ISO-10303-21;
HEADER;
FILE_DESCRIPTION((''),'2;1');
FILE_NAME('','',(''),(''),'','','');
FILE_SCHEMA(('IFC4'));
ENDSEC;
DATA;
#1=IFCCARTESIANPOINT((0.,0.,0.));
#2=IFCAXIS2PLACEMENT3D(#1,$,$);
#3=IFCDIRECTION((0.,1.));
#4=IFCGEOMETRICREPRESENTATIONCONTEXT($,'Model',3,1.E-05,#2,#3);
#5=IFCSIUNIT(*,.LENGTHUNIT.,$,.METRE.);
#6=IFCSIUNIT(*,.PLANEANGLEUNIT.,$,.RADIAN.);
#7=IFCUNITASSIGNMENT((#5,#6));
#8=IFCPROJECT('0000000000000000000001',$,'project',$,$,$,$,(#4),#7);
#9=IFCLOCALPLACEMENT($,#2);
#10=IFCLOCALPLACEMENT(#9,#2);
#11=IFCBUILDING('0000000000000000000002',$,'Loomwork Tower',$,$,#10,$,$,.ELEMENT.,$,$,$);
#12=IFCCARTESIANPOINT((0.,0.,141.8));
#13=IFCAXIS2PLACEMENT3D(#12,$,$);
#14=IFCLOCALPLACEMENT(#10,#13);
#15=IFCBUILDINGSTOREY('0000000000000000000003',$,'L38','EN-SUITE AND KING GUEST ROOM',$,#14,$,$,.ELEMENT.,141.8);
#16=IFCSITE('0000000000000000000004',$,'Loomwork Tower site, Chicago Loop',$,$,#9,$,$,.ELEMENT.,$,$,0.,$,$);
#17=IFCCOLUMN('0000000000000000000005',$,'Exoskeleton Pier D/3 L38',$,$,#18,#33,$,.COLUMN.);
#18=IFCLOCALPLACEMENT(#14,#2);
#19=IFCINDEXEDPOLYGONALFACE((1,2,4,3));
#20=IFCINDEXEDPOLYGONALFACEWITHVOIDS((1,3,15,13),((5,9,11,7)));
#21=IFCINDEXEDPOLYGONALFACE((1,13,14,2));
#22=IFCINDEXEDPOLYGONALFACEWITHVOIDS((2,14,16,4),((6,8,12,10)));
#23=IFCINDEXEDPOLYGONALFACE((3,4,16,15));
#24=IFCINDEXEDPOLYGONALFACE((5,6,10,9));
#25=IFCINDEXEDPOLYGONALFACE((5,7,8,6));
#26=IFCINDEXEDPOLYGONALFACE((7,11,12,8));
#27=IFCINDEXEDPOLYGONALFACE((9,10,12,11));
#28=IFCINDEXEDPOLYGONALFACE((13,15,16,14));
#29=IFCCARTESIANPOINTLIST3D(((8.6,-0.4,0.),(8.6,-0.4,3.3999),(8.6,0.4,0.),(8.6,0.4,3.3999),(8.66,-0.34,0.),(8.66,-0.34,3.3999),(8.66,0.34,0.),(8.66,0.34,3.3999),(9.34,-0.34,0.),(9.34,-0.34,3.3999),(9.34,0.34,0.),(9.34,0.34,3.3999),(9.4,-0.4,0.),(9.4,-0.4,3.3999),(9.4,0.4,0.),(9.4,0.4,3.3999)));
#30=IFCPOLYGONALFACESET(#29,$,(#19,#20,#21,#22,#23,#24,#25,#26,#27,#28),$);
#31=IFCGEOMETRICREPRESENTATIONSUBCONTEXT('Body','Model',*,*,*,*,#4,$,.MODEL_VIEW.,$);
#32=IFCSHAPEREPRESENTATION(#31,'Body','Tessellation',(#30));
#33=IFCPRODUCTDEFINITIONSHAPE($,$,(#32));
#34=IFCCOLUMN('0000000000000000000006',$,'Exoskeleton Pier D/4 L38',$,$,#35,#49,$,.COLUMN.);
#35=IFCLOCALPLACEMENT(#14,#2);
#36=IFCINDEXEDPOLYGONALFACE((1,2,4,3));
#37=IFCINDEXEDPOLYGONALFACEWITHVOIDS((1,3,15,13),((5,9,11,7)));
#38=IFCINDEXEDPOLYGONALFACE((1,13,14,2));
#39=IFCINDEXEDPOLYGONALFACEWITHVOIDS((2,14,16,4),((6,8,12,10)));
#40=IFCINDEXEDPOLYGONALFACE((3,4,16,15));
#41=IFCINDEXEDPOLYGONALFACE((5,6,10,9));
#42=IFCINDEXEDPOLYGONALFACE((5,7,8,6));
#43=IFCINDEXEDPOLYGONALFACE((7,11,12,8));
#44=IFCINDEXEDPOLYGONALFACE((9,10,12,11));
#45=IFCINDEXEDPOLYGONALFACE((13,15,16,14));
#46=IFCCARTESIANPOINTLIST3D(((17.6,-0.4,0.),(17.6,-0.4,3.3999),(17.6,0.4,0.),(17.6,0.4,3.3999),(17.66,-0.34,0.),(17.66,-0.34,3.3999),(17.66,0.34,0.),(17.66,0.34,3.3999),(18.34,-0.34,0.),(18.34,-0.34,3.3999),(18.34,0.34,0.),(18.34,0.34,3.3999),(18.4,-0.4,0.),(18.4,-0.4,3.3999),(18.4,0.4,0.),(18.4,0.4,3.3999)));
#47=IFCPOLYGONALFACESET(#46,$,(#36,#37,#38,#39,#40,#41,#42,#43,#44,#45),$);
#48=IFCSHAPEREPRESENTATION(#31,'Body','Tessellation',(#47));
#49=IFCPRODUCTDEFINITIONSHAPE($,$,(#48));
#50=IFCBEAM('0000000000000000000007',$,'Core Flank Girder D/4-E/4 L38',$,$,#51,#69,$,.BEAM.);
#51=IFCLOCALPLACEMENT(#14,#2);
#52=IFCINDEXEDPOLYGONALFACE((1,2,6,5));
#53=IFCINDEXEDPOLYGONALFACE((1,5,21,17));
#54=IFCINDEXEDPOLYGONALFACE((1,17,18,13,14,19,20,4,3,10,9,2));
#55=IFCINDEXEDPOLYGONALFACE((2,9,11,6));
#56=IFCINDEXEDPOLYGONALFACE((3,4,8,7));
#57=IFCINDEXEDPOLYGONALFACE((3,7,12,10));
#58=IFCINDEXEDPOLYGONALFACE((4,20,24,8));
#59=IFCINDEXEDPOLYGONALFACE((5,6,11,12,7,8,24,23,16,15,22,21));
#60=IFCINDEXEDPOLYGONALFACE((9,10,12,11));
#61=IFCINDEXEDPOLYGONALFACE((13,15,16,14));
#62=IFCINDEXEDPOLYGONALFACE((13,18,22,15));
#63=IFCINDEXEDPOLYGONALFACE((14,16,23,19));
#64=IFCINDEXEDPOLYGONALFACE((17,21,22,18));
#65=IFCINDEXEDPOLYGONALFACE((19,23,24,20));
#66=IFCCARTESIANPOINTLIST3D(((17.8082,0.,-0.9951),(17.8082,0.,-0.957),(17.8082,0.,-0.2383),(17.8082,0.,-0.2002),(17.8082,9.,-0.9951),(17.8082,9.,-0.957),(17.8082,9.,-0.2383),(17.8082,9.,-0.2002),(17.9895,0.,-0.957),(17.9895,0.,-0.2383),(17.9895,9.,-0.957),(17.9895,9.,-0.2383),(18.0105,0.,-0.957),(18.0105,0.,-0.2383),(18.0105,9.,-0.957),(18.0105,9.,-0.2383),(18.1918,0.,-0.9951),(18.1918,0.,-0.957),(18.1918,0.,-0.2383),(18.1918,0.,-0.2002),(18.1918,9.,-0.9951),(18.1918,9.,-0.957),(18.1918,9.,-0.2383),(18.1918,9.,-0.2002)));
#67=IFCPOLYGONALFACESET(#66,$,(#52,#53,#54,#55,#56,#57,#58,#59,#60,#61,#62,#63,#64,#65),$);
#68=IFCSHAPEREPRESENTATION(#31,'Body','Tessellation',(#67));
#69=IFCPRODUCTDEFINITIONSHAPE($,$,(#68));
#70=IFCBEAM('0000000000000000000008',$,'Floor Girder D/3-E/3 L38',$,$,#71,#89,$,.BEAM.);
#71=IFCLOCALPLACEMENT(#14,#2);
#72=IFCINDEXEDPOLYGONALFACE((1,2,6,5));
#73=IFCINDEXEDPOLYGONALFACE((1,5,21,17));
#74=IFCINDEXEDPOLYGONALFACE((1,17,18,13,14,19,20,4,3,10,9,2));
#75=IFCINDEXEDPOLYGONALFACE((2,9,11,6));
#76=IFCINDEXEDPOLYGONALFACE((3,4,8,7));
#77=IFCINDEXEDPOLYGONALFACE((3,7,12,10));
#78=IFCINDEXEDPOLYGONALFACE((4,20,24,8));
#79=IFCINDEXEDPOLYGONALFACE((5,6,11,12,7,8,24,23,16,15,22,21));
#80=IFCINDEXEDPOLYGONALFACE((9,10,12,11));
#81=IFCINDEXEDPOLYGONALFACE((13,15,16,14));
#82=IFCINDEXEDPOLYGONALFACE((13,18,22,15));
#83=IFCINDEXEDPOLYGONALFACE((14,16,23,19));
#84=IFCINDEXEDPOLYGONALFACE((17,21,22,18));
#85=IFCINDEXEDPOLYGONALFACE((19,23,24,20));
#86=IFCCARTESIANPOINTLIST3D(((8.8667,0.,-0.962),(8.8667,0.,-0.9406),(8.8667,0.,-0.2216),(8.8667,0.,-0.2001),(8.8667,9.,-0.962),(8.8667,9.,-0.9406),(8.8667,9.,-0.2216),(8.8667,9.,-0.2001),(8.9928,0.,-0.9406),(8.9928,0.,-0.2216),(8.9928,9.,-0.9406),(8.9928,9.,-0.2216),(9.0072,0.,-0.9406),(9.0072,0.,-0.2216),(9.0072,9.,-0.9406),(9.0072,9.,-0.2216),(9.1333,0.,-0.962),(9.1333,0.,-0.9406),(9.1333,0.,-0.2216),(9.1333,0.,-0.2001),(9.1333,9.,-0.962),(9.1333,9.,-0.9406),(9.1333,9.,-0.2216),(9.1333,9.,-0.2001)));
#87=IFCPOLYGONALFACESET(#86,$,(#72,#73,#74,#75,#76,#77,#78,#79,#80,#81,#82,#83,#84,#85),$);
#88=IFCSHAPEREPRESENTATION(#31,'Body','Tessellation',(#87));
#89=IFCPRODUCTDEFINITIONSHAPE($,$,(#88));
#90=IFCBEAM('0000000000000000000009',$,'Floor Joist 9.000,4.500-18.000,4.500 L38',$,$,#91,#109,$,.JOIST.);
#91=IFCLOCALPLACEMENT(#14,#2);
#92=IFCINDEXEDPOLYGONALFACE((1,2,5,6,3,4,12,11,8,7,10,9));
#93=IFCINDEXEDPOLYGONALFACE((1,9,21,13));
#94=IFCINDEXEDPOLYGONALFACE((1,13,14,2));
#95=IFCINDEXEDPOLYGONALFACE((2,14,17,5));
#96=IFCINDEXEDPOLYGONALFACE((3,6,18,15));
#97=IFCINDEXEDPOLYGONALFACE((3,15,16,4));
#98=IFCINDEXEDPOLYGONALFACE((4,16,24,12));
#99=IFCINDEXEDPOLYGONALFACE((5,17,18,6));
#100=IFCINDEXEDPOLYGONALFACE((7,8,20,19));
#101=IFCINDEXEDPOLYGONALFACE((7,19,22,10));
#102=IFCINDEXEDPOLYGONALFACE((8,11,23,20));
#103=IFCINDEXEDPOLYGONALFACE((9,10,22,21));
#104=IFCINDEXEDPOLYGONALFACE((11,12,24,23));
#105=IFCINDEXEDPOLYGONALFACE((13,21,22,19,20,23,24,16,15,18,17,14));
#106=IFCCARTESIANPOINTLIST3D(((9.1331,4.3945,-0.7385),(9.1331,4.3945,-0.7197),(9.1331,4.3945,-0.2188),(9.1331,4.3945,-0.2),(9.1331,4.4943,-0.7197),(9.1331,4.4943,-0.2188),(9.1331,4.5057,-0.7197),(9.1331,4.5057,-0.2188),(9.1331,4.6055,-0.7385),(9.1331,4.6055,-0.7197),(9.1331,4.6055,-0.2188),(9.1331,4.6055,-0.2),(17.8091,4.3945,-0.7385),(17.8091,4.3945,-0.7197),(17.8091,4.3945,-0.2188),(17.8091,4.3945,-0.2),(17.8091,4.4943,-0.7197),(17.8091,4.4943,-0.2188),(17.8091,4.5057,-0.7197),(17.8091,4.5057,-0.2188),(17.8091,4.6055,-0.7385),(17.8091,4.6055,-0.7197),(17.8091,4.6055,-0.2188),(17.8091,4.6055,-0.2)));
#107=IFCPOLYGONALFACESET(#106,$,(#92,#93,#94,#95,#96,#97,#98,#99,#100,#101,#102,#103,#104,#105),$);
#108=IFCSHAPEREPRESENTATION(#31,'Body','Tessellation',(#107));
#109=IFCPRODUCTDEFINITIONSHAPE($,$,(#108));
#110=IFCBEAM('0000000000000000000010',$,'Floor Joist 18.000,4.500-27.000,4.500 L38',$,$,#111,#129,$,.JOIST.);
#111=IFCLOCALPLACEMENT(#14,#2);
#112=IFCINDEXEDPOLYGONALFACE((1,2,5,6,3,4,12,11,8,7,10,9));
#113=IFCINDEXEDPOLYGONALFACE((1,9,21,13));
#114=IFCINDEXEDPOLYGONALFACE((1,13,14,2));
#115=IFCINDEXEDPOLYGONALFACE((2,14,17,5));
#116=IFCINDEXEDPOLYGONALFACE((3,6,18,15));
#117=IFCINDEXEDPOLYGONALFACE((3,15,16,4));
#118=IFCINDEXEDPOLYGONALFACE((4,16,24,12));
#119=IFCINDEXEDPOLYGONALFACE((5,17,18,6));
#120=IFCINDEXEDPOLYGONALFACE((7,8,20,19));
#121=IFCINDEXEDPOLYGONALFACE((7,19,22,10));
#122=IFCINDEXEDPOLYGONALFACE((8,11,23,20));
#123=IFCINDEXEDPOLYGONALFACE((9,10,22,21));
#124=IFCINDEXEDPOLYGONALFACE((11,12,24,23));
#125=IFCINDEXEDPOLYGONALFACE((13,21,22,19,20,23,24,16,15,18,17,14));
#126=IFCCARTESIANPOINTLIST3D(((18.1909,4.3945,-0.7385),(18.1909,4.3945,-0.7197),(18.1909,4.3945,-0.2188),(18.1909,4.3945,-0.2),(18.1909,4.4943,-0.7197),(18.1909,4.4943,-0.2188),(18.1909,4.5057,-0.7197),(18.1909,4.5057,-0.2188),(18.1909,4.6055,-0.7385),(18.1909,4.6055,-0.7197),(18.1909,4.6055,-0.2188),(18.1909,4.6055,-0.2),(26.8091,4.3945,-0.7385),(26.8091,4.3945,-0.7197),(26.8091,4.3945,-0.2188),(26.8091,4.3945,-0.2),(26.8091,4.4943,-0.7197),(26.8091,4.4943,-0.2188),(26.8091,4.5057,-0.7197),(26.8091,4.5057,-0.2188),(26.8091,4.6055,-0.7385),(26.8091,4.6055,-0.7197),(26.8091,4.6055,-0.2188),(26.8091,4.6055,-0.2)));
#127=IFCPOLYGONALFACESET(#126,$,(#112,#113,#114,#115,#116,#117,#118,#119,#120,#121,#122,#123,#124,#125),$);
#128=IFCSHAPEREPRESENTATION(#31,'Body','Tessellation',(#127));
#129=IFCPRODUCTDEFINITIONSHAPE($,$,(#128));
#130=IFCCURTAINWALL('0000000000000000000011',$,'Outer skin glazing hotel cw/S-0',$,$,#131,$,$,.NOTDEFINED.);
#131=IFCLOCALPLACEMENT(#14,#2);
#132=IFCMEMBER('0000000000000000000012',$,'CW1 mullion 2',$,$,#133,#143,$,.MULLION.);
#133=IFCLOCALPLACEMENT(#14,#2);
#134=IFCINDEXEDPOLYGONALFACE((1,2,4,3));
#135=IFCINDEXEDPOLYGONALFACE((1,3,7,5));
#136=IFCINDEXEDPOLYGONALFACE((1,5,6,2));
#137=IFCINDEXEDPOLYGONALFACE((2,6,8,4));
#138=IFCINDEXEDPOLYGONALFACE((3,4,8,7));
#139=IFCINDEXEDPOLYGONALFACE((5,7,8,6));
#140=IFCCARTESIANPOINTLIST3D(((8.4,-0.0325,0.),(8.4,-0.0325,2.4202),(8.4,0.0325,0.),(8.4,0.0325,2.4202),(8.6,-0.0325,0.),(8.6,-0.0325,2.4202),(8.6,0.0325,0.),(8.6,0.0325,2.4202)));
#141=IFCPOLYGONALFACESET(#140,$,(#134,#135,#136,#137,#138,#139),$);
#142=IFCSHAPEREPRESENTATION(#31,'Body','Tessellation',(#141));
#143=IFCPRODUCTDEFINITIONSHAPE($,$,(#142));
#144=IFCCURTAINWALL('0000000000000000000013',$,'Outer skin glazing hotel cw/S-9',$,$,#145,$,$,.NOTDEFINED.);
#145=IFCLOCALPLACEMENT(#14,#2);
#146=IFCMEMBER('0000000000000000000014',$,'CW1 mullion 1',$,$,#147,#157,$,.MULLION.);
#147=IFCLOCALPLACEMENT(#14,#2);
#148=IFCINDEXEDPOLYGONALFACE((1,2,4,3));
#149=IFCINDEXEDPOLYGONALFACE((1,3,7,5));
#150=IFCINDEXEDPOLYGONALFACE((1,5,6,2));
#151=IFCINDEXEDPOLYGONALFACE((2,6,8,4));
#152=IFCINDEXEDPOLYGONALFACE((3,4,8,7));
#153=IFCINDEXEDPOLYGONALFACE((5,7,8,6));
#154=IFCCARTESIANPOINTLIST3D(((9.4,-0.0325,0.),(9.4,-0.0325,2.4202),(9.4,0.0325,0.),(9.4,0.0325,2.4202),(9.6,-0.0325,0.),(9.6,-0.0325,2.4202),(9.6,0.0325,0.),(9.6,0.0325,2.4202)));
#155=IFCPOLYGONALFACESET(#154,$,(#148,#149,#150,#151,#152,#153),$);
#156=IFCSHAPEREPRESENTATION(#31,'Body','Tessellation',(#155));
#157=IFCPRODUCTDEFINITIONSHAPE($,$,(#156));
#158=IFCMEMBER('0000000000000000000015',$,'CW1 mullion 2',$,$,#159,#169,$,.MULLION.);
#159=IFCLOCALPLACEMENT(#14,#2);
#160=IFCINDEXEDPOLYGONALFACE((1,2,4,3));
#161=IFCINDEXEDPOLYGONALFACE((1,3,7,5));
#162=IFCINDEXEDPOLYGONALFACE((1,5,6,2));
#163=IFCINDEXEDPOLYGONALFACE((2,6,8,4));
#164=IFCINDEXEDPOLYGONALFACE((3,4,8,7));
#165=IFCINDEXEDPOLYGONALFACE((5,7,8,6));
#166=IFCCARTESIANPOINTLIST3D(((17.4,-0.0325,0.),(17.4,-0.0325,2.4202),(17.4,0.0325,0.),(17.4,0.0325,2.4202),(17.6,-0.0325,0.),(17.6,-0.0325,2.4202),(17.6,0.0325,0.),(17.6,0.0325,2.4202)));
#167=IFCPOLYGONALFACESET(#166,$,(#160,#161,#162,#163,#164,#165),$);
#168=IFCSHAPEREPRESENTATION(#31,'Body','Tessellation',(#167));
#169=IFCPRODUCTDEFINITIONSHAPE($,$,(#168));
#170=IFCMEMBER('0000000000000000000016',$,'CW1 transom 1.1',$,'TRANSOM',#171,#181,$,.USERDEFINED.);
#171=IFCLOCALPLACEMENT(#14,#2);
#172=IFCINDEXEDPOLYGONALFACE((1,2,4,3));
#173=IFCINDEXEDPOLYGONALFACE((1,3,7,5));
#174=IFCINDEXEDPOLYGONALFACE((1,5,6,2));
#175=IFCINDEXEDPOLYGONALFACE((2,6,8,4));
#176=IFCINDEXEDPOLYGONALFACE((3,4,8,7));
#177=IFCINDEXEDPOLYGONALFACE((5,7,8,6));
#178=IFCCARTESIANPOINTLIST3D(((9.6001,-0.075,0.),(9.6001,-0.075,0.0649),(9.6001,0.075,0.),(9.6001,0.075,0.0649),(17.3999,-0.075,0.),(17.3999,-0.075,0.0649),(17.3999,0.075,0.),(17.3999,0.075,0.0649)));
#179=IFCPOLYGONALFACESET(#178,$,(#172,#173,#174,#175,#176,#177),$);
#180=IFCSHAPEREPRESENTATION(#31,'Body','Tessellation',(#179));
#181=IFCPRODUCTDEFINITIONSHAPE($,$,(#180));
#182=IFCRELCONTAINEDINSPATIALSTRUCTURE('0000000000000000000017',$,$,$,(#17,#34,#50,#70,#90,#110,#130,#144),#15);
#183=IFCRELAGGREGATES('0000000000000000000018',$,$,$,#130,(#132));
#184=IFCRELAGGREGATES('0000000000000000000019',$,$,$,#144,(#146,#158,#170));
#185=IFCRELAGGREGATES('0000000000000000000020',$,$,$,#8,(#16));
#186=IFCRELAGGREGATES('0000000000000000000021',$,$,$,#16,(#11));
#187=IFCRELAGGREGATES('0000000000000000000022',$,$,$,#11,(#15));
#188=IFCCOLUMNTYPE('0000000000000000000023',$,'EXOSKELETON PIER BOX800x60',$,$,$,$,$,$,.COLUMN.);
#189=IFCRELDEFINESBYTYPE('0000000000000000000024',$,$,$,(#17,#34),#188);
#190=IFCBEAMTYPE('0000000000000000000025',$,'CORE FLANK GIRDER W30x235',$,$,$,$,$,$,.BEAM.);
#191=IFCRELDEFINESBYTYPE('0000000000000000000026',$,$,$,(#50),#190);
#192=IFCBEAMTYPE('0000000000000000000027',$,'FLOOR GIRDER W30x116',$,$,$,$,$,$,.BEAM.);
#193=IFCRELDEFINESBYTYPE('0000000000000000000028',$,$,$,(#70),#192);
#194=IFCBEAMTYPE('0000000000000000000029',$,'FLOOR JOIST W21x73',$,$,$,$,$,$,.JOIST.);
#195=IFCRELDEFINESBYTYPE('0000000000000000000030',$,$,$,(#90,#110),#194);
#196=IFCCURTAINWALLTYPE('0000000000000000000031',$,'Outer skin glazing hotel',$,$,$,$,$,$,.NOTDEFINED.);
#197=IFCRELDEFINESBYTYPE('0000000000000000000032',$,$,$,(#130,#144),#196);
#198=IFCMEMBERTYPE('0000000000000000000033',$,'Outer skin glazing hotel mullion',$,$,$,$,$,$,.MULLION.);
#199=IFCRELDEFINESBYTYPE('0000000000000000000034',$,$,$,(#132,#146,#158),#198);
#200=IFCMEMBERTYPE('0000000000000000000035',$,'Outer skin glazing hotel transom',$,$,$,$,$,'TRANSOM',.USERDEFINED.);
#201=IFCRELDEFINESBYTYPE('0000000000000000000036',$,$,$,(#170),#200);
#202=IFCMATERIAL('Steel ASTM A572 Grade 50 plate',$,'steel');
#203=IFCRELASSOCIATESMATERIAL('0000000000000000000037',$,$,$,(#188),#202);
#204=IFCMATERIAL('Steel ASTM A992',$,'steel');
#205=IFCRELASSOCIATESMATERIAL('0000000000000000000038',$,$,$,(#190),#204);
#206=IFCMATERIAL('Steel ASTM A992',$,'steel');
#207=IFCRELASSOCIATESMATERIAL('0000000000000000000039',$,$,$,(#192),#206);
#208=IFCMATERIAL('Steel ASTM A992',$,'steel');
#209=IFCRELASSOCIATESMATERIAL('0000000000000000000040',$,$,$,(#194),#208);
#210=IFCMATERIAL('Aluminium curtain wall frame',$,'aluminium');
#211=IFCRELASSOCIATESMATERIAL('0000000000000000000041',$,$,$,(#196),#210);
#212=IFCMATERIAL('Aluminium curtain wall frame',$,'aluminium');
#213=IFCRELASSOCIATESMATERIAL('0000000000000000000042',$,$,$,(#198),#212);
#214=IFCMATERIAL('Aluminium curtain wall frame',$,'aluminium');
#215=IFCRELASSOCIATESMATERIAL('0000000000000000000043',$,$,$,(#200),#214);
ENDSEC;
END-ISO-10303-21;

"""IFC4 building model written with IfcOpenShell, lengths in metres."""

from ifc_helpers import new_model, si_unit, direction, frame, origin, origin_2d, place, context, subcontext, project, spatial, rectangle, hollow_rectangle, i_section, extrude, material, material_profile, profile_set, type_object, element, aggregate, save


model = new_model("IFC4")

# Units and contexts
model_context = context("Model", 3, precision=1e-05, world=origin(), true_north=direction((0.0, 1.0)))
body_context = subcontext(model_context, "Body", "Model", "MODEL_VIEW")
ifc_project = project(units=[si_unit("LENGTHUNIT", "METRE"), si_unit("PLANEANGLEUNIT", "RADIAN")], contexts=[model_context])

# Site, building, storey
site_placement = place(None, origin())
site = spatial("IfcSite", under=ifc_project, at=site_placement, Name="Loomwork Tower site, Chicago Loop", CompositionType="ELEMENT", RefElevation=0.0)
building_placement = place(site_placement, origin())
building = spatial("IfcBuilding", under=site, at=building_placement, Name="Loomwork Tower", CompositionType="ELEMENT")
storey_placement = place(building_placement, frame((0.0, 0.0, 141.8)))
storey = spatial("IfcBuildingStorey", under=building, at=storey_placement, Name="L38", Description="EN-SUITE AND KING GUEST ROOM", CompositionType="ELEMENT", Elevation=141.8)

# Columns
ifc_material_1 = material(Name="Steel ASTM A572 Grade 50 plate", Category="steel")
ifc_material_profile_1 = material_profile(ifc_material_1, hollow_rectangle(XDim=0.8, YDim=0.8, WallThickness=0.0601, at=origin_2d()), Name="BOX800x60")
ifc_profile_set_1 = profile_set([ifc_material_profile_1], Name="Steel ASTM A572 Grade 50 plate")
column_type = type_object("IfcColumnType", Name="EXOSKELETON PIER BOX800x60", PredefinedType="COLUMN", material=ifc_profile_set_1)
for number, where, z_axis, x_axis, name in (
    (1, (9.0, 0.0, 0.0), (0.0, 0.0, 1.0), (1.0, 0.0, 0.0), "Exoskeleton Pier D/3 L38"),
    (2, (18.0, 0.0, 0.0), (0.0, 0.0, 1.0), (1.0, 0.0, 0.0), "Exoskeleton Pier D/4 L38"),
):
    element("IfcColumn", number, at=place(storey_placement, frame(where, z_axis=z_axis, x_axis=x_axis)), inside=storey, type_object=column_type, Name=name, PredefinedType="COLUMN", context=body_context, shape_type="SweptSolid", body=[
        extrude(hollow_rectangle(XDim=0.8, YDim=0.8, WallThickness=0.0601, at=origin_2d()), origin(), (0.0, 0.0, 1.0), 3.3999),
    ])

# Beams
ifc_material_2 = material(Name="Steel ASTM A992", Category="steel")
ifc_material_profile_2 = material_profile(ifc_material_2, i_section(OverallWidth=0.3835, OverallDepth=0.7949, WebThickness=0.021, FlangeThickness=0.0381, at=origin_2d()), Name="W30x235")
ifc_profile_set_2 = profile_set([ifc_material_profile_2], Name="Steel ASTM A992")
beam_type_1 = type_object("IfcBeamType", Name="CORE FLANK GIRDER W30x235", PredefinedType="BEAM", material=ifc_profile_set_2)
beam_1_placement = place(storey_placement, frame((18.0, 0.0, -0.5977), z_axis=(0.0, 1.0, 0.0), x_axis=(-1.0, 0.0, 0.0)))
element("IfcBeam", 3, at=beam_1_placement, inside=storey, type_object=beam_type_1, Name="Core Flank Girder D/4-E/4 L38", PredefinedType="BEAM", context=body_context, shape_type="SweptSolid", body=[
    extrude(i_section(OverallWidth=0.3835, OverallDepth=0.7949, WebThickness=0.021, FlangeThickness=0.0381, at=origin_2d()), origin(), (0.0, 0.0, 1.0), 9.0),
])
ifc_material_3 = material(Name="Steel ASTM A992", Category="steel")
ifc_material_profile_3 = material_profile(ifc_material_3, i_section(OverallWidth=0.2666, OverallDepth=0.762, WebThickness=0.0144, FlangeThickness=0.0215, at=origin_2d()), Name="W30x116")
ifc_profile_set_3 = profile_set([ifc_material_profile_3], Name="Steel ASTM A992")
beam_type_2 = type_object("IfcBeamType", Name="FLOOR GIRDER W30x116", PredefinedType="BEAM", material=ifc_profile_set_3)
beam_2_placement = place(storey_placement, frame((9.0, 0.0, -0.5811), z_axis=(0.0, 1.0, 0.0), x_axis=(-1.0, 0.0, 0.0)))
element("IfcBeam", 4, at=beam_2_placement, inside=storey, type_object=beam_type_2, Name="Floor Girder D/3-E/3 L38", PredefinedType="BEAM", context=body_context, shape_type="SweptSolid", body=[
    extrude(i_section(OverallWidth=0.2666, OverallDepth=0.762, WebThickness=0.0144, FlangeThickness=0.0215, at=origin_2d()), origin(), (0.0, 0.0, 1.0), 9.0),
])
ifc_material_4 = material(Name="Steel ASTM A992", Category="steel")
ifc_material_profile_4 = material_profile(ifc_material_4, i_section(OverallWidth=0.2109, OverallDepth=0.5386, WebThickness=0.0115, FlangeThickness=0.0188, at=origin_2d()), Name="W21x73")
ifc_profile_set_4 = profile_set([ifc_material_profile_4], Name="Steel ASTM A992")
beam_type_3 = type_object("IfcBeamType", Name="FLOOR JOIST W21x73", PredefinedType="JOIST", material=ifc_profile_set_4)
beam_3_placement = place(storey_placement, frame((9.1331, 4.5, -0.4692), z_axis=(1.0, 0.0, 0.0), x_axis=(0.0, 1.0, 0.0)))
element("IfcBeam", 5, at=beam_3_placement, inside=storey, type_object=beam_type_3, Name="Floor Joist 9.000,4.500-18.000,4.500 L38", PredefinedType="JOIST", context=body_context, shape_type="SweptSolid", body=[
    extrude(i_section(OverallWidth=0.2109, OverallDepth=0.5386, WebThickness=0.0115, FlangeThickness=0.0188, at=origin_2d()), origin(), (0.0, 0.0, 1.0), 8.676),
])
beam_4_placement = place(storey_placement, frame((18.1909, 4.5, -0.4692), z_axis=(1.0, 0.0, 0.0), x_axis=(0.0, 1.0, 0.0)))
element("IfcBeam", 6, at=beam_4_placement, inside=storey, type_object=beam_type_3, Name="Floor Joist 18.000,4.500-27.000,4.500 L38", PredefinedType="JOIST", context=body_context, shape_type="SweptSolid", body=[
    extrude(i_section(OverallWidth=0.2109, OverallDepth=0.5386, WebThickness=0.0115, FlangeThickness=0.0188, at=origin_2d()), origin(), (0.0, 0.0, 1.0), 8.6182),
])

# Curtain wall, member
ifc_material_5 = material(Name="Aluminium curtain wall frame", Category="aluminium")
curtain_wall_type = type_object("IfcCurtainWallType", Name="Outer skin glazing hotel", PredefinedType="NOTDEFINED", material=ifc_material_5)
curtain_wall_1_placement = place(storey_placement, origin())
curtain_wall_1 = element("IfcCurtainWall", 7, at=curtain_wall_1_placement, inside=storey, type_object=curtain_wall_type, Name="Outer skin glazing hotel cw/S-0", PredefinedType="NOTDEFINED")
ifc_material_6 = material(Name="Aluminium curtain wall frame", Category="aluminium")
ifc_material_profile_5 = material_profile(ifc_material_6, rectangle(XDim=0.0649, YDim=0.2, at=origin_2d()), Name="AL 65x200")
ifc_profile_set_5 = profile_set([ifc_material_profile_5], Name="Aluminium curtain wall frame")
member_type_1 = type_object("IfcMemberType", Name="Outer skin glazing hotel mullion", PredefinedType="MULLION", material=ifc_profile_set_5)
member_1_placement = place(storey_placement, frame((8.5, 0.0, 0.0), z_axis=(0.0, 0.0, 1.0), x_axis=(0.0, 1.0, 0.0)))
member_1 = element("IfcMember", 8, at=member_1_placement, type_object=member_type_1, Name="CW1 mullion 2", PredefinedType="MULLION", context=body_context, shape_type="SweptSolid", body=[
    extrude(rectangle(XDim=0.0649, YDim=0.2, at=origin_2d()), origin(), (0.0, 0.0, 1.0), 2.4202),
])
aggregate(curtain_wall_1, [member_1])

# Curtain wall, members
curtain_wall_2_placement = place(storey_placement, origin())
curtain_wall_2 = element("IfcCurtainWall", 9, at=curtain_wall_2_placement, inside=storey, type_object=curtain_wall_type, Name="Outer skin glazing hotel cw/S-9", PredefinedType="NOTDEFINED")
member_2_placement = place(storey_placement, frame((9.5, 0.0, 0.0), z_axis=(0.0, 0.0, 1.0), x_axis=(0.0, 1.0, 0.0)))
member_2 = element("IfcMember", 10, at=member_2_placement, type_object=member_type_1, Name="CW1 mullion 1", PredefinedType="MULLION", context=body_context, shape_type="SweptSolid", body=[
    extrude(rectangle(XDim=0.0649, YDim=0.2, at=origin_2d()), origin(), (0.0, 0.0, 1.0), 2.4202),
])
member_3_placement = place(storey_placement, frame((17.5, 0.0, 0.0), z_axis=(0.0, 0.0, 1.0), x_axis=(0.0, 1.0, 0.0)))
member_3 = element("IfcMember", 11, at=member_3_placement, type_object=member_type_1, Name="CW1 mullion 2", PredefinedType="MULLION", context=body_context, shape_type="SweptSolid", body=[
    extrude(rectangle(XDim=0.0649, YDim=0.2, at=origin_2d()), origin(), (0.0, 0.0, 1.0), 2.4202),
])
ifc_material_7 = material(Name="Aluminium curtain wall frame", Category="aluminium")
ifc_material_profile_6 = material_profile(ifc_material_7, rectangle(XDim=0.1499, YDim=0.0649, at=origin_2d()), Name="AL 65x150")
ifc_profile_set_6 = profile_set([ifc_material_profile_6], Name="Aluminium curtain wall frame")
member_type_2 = type_object("IfcMemberType", Name="Outer skin glazing hotel transom", ElementType="TRANSOM", PredefinedType="USERDEFINED", material=ifc_profile_set_6)
member_4_placement = place(storey_placement, frame((9.6001, 0.0, 0.0325), z_axis=(1.0, 0.0, 0.0), x_axis=(0.0, 1.0, 0.0)))
member_4 = element("IfcMember", 12, at=member_4_placement, type_object=member_type_2, Name="CW1 transom 1.1", ObjectType="TRANSOM", PredefinedType="USERDEFINED", context=body_context, shape_type="SweptSolid", body=[
    extrude(rectangle(XDim=0.1499, YDim=0.0649, at=origin_2d()), origin(), (0.0, 0.0, 1.0), 7.7998),
])

aggregate(curtain_wall_2, [member_2, member_3, member_4])

save(model, "model.ifc")
